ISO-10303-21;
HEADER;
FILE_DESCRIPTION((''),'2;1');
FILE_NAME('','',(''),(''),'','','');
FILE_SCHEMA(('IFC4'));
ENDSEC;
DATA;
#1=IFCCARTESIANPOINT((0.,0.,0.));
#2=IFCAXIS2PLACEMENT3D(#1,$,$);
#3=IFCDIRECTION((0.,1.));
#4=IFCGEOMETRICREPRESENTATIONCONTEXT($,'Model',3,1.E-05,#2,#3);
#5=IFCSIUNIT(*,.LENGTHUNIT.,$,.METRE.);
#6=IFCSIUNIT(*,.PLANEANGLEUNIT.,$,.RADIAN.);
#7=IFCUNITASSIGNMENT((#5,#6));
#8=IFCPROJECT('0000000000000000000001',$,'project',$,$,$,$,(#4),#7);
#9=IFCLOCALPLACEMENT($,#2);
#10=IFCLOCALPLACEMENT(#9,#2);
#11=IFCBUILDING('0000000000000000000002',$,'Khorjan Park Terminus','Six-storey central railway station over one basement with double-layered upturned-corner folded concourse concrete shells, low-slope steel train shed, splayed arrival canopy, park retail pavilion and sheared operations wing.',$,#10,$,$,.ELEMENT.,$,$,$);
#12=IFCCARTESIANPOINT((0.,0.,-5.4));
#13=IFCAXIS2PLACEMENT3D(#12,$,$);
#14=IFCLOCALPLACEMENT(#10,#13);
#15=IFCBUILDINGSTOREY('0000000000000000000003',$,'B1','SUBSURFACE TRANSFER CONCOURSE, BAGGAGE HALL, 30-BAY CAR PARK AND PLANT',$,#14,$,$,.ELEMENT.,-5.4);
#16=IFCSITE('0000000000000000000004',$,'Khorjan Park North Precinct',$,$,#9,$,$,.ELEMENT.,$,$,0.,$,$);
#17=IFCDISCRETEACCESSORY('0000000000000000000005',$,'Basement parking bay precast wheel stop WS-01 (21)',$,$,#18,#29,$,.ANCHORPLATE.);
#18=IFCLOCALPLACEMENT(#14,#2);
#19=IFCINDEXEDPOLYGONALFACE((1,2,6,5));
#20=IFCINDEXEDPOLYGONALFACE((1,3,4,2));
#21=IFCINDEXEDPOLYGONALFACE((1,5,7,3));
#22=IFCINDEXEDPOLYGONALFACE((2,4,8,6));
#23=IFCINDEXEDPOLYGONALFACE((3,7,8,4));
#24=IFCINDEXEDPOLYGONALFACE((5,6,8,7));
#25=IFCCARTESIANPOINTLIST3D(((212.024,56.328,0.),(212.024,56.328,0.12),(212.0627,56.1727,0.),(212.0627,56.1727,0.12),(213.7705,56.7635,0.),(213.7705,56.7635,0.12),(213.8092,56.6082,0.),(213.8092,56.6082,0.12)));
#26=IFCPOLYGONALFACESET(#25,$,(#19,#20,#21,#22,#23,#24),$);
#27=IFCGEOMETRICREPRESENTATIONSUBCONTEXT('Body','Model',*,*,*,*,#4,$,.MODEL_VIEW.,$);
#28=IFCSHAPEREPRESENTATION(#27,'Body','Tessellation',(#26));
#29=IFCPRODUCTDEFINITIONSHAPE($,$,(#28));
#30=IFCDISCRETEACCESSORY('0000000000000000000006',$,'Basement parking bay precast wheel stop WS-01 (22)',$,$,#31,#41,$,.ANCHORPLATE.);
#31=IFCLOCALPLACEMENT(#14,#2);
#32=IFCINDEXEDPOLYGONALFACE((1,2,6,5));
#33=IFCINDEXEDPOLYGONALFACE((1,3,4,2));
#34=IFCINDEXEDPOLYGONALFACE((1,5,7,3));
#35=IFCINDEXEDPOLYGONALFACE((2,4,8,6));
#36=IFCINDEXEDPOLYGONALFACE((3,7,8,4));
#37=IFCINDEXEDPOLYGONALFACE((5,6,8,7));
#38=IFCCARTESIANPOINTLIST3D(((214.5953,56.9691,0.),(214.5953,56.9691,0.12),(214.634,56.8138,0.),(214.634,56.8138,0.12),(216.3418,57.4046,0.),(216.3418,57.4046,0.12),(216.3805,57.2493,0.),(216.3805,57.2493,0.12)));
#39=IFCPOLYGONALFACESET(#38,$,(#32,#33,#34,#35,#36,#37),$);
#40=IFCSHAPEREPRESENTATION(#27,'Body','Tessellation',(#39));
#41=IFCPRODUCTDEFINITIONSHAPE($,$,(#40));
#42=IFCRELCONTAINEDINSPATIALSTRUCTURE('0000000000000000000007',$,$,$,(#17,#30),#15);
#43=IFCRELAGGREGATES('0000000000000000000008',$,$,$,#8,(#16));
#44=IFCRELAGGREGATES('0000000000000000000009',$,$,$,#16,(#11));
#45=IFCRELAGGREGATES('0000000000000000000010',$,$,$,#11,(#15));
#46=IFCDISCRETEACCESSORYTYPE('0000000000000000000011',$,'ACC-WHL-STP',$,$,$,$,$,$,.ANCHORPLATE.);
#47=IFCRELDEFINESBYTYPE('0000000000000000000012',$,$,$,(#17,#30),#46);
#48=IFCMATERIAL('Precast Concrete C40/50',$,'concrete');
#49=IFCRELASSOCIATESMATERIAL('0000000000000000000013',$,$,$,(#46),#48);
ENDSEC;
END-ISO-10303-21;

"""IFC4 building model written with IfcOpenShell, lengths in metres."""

from ifc_helpers import new_model, si_unit, direction, frame, origin, origin_2d, place, context, subcontext, project, spatial, rectangle, extrude, material, type_object, element, save


model = new_model("IFC4")

# Units and contexts
model_context = context("Model", 3, precision=1e-05, world=origin(), true_north=direction((0.0, 1.0)))
body_context = subcontext(model_context, "Body", "Model", "MODEL_VIEW")
ifc_project = project(units=[si_unit("LENGTHUNIT", "METRE"), si_unit("PLANEANGLEUNIT", "RADIAN")], contexts=[model_context])

# Site, building, storey
site_placement = place(None, origin())
site = spatial("IfcSite", under=ifc_project, at=site_placement, Name="Khorjan Park North Precinct", CompositionType="ELEMENT", RefElevation=0.0)
building_placement = place(site_placement, origin())
building = spatial("IfcBuilding", under=site, at=building_placement, Name="Khorjan Park Terminus", Description="Six-storey central railway station over one basement with double-layered upturned-corner folded concourse concrete shells, low-slope steel train shed, splayed arrival canopy, park retail pavilion and sheared operations wing.", CompositionType="ELEMENT")
storey_placement = place(building_placement, frame((0.0, 0.0, -5.4)))
storey = spatial("IfcBuildingStorey", under=building, at=storey_placement, Name="B1", Description="SUBSURFACE TRANSFER CONCOURSE, BAGGAGE HALL, 30-BAY CAR PARK AND PLANT", CompositionType="ELEMENT", Elevation=-5.4)

# Discrete accessories
ifc_material_1 = material(Name="Precast Concrete C40/50", Category="concrete")
discrete_accessory_type = type_object("IfcDiscreteAccessoryType", Name="ACC-WHL-STP", PredefinedType="ANCHORPLATE", material=ifc_material_1)
for number, where, z_axis, x_axis, name in (
    (1, (212.9166, 56.4681, 0.0), (0.0, 0.0, 1.0), (0.970296, 0.241922, 0.0), "Basement parking bay precast wheel stop WS-01 (21)"),
    (2, (215.4879, 57.1092, 0.0), (0.0, 0.0, 1.0), (0.970296, 0.241922, 0.0), "Basement parking bay precast wheel stop WS-01 (22)"),
):
    element("IfcDiscreteAccessory", number, at=place(storey_placement, frame(where, z_axis=z_axis, x_axis=x_axis)), inside=storey, type_object=discrete_accessory_type, Name=name, PredefinedType="ANCHORPLATE", context=body_context, shape_type="SweptSolid", body=[
        extrude(rectangle(XDim=1.8, YDim=0.16, at=origin_2d()), origin(), (0.0, 0.0, 1.0), 0.12),
    ])

save(model, "model.ifc")
